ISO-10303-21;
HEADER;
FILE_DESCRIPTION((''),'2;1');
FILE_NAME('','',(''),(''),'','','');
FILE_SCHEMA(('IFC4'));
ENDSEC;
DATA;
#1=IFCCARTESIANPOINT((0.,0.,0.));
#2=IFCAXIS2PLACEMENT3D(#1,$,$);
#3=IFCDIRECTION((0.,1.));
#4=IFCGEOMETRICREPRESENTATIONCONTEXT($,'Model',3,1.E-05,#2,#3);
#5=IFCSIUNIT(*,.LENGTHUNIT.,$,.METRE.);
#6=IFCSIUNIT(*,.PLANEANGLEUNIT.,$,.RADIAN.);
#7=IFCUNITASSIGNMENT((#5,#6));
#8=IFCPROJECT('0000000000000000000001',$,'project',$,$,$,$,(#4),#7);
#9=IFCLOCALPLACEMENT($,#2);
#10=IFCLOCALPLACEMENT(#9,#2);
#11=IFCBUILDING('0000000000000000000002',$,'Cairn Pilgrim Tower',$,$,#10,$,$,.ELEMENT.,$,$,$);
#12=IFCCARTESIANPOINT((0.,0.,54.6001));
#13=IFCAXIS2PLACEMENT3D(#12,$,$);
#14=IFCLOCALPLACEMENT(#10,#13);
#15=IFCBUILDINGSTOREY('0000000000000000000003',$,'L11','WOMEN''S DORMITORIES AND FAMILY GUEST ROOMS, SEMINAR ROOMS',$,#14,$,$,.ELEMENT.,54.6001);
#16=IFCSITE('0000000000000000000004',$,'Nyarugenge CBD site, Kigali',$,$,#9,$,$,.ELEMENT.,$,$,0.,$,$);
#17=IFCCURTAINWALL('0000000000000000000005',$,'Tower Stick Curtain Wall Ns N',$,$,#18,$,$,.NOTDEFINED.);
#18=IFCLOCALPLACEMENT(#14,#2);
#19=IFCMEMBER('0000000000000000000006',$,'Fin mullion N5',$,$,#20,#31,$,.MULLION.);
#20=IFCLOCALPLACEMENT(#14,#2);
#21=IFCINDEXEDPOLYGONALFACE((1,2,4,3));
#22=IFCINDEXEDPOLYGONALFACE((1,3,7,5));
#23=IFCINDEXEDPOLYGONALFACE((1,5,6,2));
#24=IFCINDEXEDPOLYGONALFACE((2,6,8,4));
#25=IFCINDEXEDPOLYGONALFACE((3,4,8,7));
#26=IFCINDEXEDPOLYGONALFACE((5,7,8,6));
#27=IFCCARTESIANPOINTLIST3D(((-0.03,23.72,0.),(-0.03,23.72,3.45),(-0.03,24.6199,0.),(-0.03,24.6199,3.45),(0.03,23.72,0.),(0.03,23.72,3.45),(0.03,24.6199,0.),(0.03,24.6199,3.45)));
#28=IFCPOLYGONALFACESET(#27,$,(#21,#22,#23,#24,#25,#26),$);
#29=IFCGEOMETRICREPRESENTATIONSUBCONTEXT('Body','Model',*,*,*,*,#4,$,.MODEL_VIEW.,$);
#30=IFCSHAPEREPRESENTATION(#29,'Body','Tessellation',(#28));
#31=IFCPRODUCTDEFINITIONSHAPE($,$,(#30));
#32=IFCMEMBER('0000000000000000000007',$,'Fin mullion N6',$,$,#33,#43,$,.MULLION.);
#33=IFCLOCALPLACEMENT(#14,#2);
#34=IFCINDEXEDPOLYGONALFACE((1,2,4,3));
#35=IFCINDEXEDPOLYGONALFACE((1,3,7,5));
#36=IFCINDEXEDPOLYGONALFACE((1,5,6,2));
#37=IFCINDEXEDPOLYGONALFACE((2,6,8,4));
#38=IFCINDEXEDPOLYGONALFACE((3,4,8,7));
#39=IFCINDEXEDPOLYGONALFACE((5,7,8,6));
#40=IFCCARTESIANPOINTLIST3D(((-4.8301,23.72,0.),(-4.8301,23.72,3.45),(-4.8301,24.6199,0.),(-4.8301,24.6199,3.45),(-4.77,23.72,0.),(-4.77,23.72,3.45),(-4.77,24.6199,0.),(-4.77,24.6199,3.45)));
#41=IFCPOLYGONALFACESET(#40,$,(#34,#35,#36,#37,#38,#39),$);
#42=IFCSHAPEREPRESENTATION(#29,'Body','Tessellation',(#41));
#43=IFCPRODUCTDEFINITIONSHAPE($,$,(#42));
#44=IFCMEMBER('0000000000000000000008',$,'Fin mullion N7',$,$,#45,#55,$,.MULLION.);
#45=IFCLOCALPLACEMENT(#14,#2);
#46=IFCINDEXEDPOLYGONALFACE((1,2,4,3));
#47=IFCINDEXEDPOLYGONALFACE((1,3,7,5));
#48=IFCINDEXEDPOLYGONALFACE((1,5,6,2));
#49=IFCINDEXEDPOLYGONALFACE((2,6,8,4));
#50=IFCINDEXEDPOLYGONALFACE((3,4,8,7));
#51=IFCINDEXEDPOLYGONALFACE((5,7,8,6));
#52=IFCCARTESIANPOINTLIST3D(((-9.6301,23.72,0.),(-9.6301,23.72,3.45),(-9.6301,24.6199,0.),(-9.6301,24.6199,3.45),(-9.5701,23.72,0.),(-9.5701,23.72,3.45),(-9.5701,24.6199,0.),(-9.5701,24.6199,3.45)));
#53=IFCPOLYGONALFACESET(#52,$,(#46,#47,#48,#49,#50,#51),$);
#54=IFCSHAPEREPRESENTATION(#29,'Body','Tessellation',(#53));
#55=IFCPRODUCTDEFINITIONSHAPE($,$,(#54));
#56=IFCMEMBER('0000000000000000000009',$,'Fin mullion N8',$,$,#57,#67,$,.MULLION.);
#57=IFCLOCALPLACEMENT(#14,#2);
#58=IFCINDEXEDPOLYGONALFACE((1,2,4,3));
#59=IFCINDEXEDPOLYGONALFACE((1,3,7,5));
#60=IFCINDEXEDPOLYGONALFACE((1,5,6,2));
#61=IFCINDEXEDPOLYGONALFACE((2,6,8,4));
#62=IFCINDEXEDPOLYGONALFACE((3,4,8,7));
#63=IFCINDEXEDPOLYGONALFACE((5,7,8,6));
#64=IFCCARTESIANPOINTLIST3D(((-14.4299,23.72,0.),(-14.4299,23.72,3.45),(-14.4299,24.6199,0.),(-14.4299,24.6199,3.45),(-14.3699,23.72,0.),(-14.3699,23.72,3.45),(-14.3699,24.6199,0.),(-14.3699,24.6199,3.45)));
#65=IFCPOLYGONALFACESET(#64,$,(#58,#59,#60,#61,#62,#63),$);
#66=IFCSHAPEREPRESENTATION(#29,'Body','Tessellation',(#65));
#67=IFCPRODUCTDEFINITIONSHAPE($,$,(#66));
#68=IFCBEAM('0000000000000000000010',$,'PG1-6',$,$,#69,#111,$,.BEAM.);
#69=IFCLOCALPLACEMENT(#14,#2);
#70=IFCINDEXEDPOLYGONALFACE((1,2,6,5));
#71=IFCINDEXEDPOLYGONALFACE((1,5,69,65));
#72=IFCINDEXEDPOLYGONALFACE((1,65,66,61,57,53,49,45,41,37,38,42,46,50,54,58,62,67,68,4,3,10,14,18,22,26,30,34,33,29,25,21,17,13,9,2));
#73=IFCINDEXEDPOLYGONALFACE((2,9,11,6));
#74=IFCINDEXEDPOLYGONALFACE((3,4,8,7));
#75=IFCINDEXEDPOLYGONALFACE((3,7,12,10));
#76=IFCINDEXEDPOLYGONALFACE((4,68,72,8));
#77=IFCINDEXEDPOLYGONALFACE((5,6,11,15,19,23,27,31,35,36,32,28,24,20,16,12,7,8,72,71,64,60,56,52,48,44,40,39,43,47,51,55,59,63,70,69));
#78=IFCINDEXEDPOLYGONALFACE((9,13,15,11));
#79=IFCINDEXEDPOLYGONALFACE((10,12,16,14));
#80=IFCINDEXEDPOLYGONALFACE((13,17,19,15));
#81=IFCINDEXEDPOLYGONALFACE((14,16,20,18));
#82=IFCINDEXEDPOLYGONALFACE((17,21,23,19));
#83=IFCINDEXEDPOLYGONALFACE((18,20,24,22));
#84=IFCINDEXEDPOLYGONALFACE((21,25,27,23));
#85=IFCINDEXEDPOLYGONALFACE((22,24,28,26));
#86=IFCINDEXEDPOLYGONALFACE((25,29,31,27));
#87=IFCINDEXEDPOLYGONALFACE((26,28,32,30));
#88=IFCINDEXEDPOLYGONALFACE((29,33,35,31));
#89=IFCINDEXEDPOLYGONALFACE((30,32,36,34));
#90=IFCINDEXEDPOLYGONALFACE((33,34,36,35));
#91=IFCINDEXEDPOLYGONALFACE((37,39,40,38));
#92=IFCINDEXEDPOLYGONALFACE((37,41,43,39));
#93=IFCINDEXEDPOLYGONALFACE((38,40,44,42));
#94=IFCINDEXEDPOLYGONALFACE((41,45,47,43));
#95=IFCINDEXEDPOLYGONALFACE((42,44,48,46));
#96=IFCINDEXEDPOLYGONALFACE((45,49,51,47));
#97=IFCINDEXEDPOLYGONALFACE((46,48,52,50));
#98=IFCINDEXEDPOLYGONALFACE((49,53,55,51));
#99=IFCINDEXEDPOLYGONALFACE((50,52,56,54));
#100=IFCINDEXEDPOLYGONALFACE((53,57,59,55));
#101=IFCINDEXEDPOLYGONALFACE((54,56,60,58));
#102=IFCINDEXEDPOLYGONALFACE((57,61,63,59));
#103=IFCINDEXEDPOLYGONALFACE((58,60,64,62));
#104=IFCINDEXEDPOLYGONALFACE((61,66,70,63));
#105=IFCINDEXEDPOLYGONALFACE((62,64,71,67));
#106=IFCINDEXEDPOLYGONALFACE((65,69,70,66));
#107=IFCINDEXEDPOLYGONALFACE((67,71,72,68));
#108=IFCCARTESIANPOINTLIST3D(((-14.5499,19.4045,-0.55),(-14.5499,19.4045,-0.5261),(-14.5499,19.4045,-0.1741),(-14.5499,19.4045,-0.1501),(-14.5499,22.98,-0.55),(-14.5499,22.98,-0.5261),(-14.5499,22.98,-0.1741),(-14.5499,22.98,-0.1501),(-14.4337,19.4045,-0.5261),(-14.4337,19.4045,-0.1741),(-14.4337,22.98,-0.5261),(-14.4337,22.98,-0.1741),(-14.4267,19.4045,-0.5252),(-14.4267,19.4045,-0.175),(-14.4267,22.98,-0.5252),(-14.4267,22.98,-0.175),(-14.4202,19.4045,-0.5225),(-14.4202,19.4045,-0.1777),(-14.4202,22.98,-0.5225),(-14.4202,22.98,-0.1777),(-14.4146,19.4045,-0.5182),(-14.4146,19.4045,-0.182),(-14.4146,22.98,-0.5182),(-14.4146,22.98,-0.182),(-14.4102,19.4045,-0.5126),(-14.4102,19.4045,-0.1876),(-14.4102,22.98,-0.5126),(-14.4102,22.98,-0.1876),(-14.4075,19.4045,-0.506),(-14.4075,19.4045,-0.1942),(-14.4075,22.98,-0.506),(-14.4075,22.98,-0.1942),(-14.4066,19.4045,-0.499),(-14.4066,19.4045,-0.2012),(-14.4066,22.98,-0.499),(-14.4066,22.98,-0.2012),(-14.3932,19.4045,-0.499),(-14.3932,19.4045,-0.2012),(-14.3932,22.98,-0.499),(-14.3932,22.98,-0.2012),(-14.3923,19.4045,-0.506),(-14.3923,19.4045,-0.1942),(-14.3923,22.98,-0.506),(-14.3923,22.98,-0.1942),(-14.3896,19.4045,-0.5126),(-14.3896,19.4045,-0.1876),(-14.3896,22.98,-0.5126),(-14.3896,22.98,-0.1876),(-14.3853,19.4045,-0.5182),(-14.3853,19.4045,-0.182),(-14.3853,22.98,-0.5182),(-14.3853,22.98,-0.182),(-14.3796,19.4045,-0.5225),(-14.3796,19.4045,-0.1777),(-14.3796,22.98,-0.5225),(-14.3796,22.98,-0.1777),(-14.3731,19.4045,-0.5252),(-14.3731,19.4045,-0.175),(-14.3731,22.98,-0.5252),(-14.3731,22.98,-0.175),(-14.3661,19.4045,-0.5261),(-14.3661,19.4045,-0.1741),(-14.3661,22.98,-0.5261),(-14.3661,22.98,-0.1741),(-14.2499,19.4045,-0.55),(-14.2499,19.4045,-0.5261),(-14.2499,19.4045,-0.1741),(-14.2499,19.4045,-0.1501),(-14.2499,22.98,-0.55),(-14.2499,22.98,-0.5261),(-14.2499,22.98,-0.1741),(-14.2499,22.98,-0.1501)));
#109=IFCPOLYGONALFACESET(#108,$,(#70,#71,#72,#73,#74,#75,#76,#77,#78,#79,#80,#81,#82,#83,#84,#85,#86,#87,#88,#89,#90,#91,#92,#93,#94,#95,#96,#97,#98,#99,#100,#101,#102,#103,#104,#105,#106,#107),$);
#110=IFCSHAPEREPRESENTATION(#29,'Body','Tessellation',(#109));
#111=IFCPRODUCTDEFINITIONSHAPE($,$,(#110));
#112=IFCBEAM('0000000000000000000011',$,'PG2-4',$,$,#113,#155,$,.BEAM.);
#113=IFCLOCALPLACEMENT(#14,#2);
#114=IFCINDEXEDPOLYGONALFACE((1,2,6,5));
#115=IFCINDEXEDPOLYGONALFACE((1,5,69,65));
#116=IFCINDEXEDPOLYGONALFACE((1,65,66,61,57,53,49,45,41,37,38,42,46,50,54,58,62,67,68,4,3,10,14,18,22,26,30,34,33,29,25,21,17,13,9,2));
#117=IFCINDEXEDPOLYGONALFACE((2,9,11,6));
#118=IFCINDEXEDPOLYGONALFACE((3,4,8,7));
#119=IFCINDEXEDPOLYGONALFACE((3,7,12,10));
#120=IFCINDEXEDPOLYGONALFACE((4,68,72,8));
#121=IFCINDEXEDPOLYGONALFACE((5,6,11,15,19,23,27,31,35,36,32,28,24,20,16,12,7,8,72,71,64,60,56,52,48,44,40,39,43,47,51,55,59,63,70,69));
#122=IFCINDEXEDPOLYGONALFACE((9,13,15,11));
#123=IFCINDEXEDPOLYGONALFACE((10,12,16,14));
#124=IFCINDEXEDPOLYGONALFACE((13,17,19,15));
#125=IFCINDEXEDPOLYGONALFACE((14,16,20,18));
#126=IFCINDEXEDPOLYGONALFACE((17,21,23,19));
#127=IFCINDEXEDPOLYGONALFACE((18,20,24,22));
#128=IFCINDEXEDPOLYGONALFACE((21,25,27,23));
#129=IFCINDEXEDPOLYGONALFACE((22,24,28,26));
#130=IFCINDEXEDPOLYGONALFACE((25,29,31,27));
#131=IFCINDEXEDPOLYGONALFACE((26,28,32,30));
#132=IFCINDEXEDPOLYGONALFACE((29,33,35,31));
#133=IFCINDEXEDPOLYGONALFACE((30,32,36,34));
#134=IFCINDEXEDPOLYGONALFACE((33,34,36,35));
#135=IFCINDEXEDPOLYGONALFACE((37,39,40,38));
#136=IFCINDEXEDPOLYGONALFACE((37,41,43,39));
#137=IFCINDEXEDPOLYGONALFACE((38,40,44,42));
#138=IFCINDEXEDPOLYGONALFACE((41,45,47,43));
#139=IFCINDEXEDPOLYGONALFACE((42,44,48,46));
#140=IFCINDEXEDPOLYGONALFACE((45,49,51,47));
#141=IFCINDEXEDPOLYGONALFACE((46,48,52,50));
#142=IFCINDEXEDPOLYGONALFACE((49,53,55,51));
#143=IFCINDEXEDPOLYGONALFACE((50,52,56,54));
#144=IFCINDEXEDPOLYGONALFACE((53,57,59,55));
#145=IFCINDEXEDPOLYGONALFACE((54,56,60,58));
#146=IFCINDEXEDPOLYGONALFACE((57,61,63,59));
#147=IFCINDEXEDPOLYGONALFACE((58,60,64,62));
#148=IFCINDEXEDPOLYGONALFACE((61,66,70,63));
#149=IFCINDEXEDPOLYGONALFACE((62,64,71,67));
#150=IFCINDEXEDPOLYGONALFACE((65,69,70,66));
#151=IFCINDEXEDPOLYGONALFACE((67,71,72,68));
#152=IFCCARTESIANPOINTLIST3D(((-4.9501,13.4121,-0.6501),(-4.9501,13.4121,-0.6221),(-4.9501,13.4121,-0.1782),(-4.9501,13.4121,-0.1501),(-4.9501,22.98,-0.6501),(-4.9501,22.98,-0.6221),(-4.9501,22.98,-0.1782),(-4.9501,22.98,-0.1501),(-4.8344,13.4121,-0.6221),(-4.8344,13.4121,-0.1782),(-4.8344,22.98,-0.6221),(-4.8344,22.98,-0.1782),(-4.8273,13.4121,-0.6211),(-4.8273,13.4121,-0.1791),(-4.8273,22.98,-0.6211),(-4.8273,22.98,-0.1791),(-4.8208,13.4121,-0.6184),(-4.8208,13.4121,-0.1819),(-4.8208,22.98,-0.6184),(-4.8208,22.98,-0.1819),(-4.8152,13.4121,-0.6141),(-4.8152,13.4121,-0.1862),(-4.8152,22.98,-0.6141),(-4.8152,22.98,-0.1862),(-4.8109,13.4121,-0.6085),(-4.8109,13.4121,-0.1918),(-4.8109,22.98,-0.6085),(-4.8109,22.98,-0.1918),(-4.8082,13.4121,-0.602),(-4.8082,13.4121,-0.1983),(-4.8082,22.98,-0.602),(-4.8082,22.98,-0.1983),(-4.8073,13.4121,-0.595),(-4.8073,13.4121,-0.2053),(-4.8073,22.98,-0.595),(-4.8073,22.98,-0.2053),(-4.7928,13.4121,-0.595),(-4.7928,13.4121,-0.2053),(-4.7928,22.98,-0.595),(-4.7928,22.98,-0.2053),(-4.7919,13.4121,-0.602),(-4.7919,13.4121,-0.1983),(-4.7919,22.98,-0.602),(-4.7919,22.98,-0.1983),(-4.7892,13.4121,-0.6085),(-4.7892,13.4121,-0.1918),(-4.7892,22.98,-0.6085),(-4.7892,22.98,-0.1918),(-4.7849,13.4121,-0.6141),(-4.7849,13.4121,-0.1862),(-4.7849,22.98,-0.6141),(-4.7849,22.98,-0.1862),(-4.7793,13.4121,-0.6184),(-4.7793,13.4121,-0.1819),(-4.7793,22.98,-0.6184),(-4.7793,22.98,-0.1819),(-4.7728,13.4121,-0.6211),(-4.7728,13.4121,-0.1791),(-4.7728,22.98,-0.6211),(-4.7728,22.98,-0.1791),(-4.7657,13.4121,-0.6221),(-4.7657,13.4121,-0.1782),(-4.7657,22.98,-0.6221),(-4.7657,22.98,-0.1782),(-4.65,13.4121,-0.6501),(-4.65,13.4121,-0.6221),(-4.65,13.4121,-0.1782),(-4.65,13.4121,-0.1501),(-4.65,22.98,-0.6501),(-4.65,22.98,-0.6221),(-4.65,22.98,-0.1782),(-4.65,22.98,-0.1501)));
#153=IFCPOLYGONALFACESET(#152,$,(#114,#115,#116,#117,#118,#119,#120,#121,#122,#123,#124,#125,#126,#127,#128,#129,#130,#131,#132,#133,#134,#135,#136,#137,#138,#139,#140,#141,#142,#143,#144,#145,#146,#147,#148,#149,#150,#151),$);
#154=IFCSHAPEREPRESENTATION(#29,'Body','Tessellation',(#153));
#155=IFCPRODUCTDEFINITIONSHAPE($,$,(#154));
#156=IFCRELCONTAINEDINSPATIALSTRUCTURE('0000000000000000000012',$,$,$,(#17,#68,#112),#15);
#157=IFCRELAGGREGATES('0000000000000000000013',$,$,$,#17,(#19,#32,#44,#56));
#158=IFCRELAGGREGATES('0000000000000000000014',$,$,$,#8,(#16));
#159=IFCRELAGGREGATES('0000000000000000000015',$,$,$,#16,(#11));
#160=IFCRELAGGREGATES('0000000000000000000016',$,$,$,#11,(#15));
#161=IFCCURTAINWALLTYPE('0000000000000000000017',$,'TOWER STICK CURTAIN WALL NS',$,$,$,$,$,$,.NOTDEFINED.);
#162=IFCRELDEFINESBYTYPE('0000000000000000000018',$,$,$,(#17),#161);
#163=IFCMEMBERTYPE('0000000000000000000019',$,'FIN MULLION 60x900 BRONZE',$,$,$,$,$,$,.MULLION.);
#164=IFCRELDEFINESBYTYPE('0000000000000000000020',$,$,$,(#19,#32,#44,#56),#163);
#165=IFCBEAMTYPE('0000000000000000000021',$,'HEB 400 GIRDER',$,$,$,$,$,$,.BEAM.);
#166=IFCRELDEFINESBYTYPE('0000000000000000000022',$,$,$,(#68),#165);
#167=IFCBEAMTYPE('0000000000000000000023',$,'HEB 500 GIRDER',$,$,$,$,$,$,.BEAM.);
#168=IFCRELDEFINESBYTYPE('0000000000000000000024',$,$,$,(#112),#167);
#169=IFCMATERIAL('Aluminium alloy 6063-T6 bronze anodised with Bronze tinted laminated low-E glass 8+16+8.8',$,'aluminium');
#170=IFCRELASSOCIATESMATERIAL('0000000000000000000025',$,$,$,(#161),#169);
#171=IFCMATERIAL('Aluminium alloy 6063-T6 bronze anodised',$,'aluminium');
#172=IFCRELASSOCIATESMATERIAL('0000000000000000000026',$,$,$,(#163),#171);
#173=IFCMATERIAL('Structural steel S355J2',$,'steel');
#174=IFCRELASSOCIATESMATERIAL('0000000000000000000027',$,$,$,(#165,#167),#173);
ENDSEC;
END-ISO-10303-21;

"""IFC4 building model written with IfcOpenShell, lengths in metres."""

from ifc_helpers import new_model, si_unit, direction, frame, origin, origin_2d, place, context, subcontext, project, spatial, rectangle, i_section, extrude, material, material_profile, profile_set, type_object, element, aggregate, save


model = new_model("IFC4")

# Units and contexts
model_context = context("Model", 3, precision=1e-05, world=origin(), true_north=direction((0.0, 1.0)))
body_context = subcontext(model_context, "Body", "Model", "MODEL_VIEW")
ifc_project = project(units=[si_unit("LENGTHUNIT", "METRE"), si_unit("PLANEANGLEUNIT", "RADIAN")], contexts=[model_context])

# Site, building, storey
site_placement = place(None, origin())
site = spatial("IfcSite", under=ifc_project, at=site_placement, Name="Nyarugenge CBD site, Kigali", CompositionType="ELEMENT", RefElevation=0.0)
building_placement = place(site_placement, origin())
building = spatial("IfcBuilding", under=site, at=building_placement, Name="Cairn Pilgrim Tower", CompositionType="ELEMENT")
storey_placement = place(building_placement, frame((0.0, 0.0, 54.6001)))
storey = spatial("IfcBuildingStorey", under=building, at=storey_placement, Name="L11", Description="WOMEN'S DORMITORIES AND FAMILY GUEST ROOMS, SEMINAR ROOMS", CompositionType="ELEMENT", Elevation=54.6001)

# Curtain wall, members
ifc_material_1 = material(Name="Aluminium alloy 6063-T6 bronze anodised with Bronze tinted laminated low-E glass 8+16+8.8", Category="aluminium")
curtain_wall_type = type_object("IfcCurtainWallType", Name="TOWER STICK CURTAIN WALL NS", PredefinedType="NOTDEFINED", material=ifc_material_1)
curtain_wall_placement = place(storey_placement, origin())
curtain_wall = element("IfcCurtainWall", 1, at=curtain_wall_placement, inside=storey, type_object=curtain_wall_type, Name="Tower Stick Curtain Wall Ns N", PredefinedType="NOTDEFINED")
ifc_material_2 = material(Name="Aluminium alloy 6063-T6 bronze anodised", Category="aluminium")
ifc_material_profile_1 = material_profile(ifc_material_2, rectangle(XDim=0.8999, YDim=0.0601, at=origin_2d()), Name="FIN MULLION 60x900 BRONZE")
ifc_profile_set_1 = profile_set([ifc_material_profile_1], Name="Aluminium alloy 6063-T6 bronze anodised")
member_type_1 = type_object("IfcMemberType", Name="FIN MULLION 60x900 BRONZE", PredefinedType="MULLION", material=ifc_profile_set_1)
member_1_placement = place(storey_placement, frame((0.0, 24.1699, 0.0), z_axis=(0.0, 0.0, 1.0), x_axis=(0.0, 1.0, 0.0)))
member_1 = element("IfcMember", 2, at=member_1_placement, type_object=member_type_1, Name="Fin mullion N5", PredefinedType="MULLION", context=body_context, shape_type="SweptSolid", body=[
    extrude(rectangle(XDim=0.8999, YDim=0.0601, at=origin_2d()), origin(), (0.0, 0.0, 1.0), 3.45),
])
member_2_placement = place(storey_placement, frame((-4.8, 24.1699, 0.0), z_axis=(0.0, 0.0, 1.0), x_axis=(0.0, 1.0, 0.0)))
member_2 = element("IfcMember", 3, at=member_2_placement, type_object=member_type_1, Name="Fin mullion N6", PredefinedType="MULLION", context=body_context, shape_type="SweptSolid", body=[
    extrude(rectangle(XDim=0.8999, YDim=0.0601, at=origin_2d()), origin(), (0.0, 0.0, 1.0), 3.45),
])
member_3_placement = place(storey_placement, frame((-9.6001, 24.1699, 0.0), z_axis=(0.0, 0.0, 1.0), x_axis=(0.0, 1.0, 0.0)))
member_3 = element("IfcMember", 4, at=member_3_placement, type_object=member_type_1, Name="Fin mullion N7", PredefinedType="MULLION", context=body_context, shape_type="SweptSolid", body=[
    extrude(rectangle(XDim=0.8999, YDim=0.0601, at=origin_2d()), origin(), (0.0, 0.0, 1.0), 3.45),
])
member_4_placement = place(storey_placement, frame((-14.3999, 24.1699, 0.0), z_axis=(0.0, 0.0, 1.0), x_axis=(0.0, 1.0, 0.0)))
member_4 = element("IfcMember", 5, at=member_4_placement, type_object=member_type_1, Name="Fin mullion N8", PredefinedType="MULLION", context=body_context, shape_type="SweptSolid", body=[
    extrude(rectangle(XDim=0.8999, YDim=0.0601, at=origin_2d()), origin(), (0.0, 0.0, 1.0), 3.45),
])

# Beams
ifc_material_3 = material(Name="Structural steel S355J2", Category="steel")
ifc_material_profile_2 = material_profile(ifc_material_3, i_section(OverallWidth=0.3, OverallDepth=0.3999, WebThickness=0.0134, FlangeThickness=0.0239, FilletRadius=0.0271, at=origin_2d()), Name="HEB 400")
ifc_profile_set_2 = profile_set([ifc_material_profile_2], Name="Structural steel S355J2")
beam_type_1 = type_object("IfcBeamType", Name="HEB 400 GIRDER", PredefinedType="BEAM", material=ifc_profile_set_2)
beam_1_placement = place(storey_placement, frame((-14.3999, 19.4045, -0.3501), z_axis=(0.0, 1.0, 0.0), x_axis=(-1.0, 0.0, 0.0)))
element("IfcBeam", 6, at=beam_1_placement, inside=storey, type_object=beam_type_1, Name="PG1-6", PredefinedType="BEAM", context=body_context, shape_type="SweptSolid", body=[
    extrude(i_section(OverallWidth=0.3, OverallDepth=0.3999, WebThickness=0.0134, FlangeThickness=0.0239, FilletRadius=0.0271, at=origin_2d()), origin(), (0.0, 0.0, 1.0), 3.5754),
])
ifc_material_profile_3 = material_profile(ifc_material_3, i_section(OverallWidth=0.3, OverallDepth=0.5, WebThickness=0.0144, FlangeThickness=0.0281, FilletRadius=0.0271, at=origin_2d()), Name="HEB 500")
ifc_profile_set_3 = profile_set([ifc_material_profile_3], Name="Structural steel S355J2")
beam_type_2 = type_object("IfcBeamType", Name="HEB 500 GIRDER", PredefinedType="BEAM", material=ifc_profile_set_3)
beam_2_placement = place(storey_placement, frame((-4.8, 13.4121, -0.4001), z_axis=(0.0, 1.0, 0.0), x_axis=(-1.0, 0.0, 0.0)))
element("IfcBeam", 7, at=beam_2_placement, inside=storey, type_object=beam_type_2, Name="PG2-4", PredefinedType="BEAM", context=body_context, shape_type="SweptSolid", body=[
    extrude(i_section(OverallWidth=0.3, OverallDepth=0.5, WebThickness=0.0144, FlangeThickness=0.0281, FilletRadius=0.0271, at=origin_2d()), origin(), (0.0, 0.0, 1.0), 9.5679),
])

aggregate(curtain_wall, [member_1, member_2, member_3, member_4])

save(model, "model.ifc")
